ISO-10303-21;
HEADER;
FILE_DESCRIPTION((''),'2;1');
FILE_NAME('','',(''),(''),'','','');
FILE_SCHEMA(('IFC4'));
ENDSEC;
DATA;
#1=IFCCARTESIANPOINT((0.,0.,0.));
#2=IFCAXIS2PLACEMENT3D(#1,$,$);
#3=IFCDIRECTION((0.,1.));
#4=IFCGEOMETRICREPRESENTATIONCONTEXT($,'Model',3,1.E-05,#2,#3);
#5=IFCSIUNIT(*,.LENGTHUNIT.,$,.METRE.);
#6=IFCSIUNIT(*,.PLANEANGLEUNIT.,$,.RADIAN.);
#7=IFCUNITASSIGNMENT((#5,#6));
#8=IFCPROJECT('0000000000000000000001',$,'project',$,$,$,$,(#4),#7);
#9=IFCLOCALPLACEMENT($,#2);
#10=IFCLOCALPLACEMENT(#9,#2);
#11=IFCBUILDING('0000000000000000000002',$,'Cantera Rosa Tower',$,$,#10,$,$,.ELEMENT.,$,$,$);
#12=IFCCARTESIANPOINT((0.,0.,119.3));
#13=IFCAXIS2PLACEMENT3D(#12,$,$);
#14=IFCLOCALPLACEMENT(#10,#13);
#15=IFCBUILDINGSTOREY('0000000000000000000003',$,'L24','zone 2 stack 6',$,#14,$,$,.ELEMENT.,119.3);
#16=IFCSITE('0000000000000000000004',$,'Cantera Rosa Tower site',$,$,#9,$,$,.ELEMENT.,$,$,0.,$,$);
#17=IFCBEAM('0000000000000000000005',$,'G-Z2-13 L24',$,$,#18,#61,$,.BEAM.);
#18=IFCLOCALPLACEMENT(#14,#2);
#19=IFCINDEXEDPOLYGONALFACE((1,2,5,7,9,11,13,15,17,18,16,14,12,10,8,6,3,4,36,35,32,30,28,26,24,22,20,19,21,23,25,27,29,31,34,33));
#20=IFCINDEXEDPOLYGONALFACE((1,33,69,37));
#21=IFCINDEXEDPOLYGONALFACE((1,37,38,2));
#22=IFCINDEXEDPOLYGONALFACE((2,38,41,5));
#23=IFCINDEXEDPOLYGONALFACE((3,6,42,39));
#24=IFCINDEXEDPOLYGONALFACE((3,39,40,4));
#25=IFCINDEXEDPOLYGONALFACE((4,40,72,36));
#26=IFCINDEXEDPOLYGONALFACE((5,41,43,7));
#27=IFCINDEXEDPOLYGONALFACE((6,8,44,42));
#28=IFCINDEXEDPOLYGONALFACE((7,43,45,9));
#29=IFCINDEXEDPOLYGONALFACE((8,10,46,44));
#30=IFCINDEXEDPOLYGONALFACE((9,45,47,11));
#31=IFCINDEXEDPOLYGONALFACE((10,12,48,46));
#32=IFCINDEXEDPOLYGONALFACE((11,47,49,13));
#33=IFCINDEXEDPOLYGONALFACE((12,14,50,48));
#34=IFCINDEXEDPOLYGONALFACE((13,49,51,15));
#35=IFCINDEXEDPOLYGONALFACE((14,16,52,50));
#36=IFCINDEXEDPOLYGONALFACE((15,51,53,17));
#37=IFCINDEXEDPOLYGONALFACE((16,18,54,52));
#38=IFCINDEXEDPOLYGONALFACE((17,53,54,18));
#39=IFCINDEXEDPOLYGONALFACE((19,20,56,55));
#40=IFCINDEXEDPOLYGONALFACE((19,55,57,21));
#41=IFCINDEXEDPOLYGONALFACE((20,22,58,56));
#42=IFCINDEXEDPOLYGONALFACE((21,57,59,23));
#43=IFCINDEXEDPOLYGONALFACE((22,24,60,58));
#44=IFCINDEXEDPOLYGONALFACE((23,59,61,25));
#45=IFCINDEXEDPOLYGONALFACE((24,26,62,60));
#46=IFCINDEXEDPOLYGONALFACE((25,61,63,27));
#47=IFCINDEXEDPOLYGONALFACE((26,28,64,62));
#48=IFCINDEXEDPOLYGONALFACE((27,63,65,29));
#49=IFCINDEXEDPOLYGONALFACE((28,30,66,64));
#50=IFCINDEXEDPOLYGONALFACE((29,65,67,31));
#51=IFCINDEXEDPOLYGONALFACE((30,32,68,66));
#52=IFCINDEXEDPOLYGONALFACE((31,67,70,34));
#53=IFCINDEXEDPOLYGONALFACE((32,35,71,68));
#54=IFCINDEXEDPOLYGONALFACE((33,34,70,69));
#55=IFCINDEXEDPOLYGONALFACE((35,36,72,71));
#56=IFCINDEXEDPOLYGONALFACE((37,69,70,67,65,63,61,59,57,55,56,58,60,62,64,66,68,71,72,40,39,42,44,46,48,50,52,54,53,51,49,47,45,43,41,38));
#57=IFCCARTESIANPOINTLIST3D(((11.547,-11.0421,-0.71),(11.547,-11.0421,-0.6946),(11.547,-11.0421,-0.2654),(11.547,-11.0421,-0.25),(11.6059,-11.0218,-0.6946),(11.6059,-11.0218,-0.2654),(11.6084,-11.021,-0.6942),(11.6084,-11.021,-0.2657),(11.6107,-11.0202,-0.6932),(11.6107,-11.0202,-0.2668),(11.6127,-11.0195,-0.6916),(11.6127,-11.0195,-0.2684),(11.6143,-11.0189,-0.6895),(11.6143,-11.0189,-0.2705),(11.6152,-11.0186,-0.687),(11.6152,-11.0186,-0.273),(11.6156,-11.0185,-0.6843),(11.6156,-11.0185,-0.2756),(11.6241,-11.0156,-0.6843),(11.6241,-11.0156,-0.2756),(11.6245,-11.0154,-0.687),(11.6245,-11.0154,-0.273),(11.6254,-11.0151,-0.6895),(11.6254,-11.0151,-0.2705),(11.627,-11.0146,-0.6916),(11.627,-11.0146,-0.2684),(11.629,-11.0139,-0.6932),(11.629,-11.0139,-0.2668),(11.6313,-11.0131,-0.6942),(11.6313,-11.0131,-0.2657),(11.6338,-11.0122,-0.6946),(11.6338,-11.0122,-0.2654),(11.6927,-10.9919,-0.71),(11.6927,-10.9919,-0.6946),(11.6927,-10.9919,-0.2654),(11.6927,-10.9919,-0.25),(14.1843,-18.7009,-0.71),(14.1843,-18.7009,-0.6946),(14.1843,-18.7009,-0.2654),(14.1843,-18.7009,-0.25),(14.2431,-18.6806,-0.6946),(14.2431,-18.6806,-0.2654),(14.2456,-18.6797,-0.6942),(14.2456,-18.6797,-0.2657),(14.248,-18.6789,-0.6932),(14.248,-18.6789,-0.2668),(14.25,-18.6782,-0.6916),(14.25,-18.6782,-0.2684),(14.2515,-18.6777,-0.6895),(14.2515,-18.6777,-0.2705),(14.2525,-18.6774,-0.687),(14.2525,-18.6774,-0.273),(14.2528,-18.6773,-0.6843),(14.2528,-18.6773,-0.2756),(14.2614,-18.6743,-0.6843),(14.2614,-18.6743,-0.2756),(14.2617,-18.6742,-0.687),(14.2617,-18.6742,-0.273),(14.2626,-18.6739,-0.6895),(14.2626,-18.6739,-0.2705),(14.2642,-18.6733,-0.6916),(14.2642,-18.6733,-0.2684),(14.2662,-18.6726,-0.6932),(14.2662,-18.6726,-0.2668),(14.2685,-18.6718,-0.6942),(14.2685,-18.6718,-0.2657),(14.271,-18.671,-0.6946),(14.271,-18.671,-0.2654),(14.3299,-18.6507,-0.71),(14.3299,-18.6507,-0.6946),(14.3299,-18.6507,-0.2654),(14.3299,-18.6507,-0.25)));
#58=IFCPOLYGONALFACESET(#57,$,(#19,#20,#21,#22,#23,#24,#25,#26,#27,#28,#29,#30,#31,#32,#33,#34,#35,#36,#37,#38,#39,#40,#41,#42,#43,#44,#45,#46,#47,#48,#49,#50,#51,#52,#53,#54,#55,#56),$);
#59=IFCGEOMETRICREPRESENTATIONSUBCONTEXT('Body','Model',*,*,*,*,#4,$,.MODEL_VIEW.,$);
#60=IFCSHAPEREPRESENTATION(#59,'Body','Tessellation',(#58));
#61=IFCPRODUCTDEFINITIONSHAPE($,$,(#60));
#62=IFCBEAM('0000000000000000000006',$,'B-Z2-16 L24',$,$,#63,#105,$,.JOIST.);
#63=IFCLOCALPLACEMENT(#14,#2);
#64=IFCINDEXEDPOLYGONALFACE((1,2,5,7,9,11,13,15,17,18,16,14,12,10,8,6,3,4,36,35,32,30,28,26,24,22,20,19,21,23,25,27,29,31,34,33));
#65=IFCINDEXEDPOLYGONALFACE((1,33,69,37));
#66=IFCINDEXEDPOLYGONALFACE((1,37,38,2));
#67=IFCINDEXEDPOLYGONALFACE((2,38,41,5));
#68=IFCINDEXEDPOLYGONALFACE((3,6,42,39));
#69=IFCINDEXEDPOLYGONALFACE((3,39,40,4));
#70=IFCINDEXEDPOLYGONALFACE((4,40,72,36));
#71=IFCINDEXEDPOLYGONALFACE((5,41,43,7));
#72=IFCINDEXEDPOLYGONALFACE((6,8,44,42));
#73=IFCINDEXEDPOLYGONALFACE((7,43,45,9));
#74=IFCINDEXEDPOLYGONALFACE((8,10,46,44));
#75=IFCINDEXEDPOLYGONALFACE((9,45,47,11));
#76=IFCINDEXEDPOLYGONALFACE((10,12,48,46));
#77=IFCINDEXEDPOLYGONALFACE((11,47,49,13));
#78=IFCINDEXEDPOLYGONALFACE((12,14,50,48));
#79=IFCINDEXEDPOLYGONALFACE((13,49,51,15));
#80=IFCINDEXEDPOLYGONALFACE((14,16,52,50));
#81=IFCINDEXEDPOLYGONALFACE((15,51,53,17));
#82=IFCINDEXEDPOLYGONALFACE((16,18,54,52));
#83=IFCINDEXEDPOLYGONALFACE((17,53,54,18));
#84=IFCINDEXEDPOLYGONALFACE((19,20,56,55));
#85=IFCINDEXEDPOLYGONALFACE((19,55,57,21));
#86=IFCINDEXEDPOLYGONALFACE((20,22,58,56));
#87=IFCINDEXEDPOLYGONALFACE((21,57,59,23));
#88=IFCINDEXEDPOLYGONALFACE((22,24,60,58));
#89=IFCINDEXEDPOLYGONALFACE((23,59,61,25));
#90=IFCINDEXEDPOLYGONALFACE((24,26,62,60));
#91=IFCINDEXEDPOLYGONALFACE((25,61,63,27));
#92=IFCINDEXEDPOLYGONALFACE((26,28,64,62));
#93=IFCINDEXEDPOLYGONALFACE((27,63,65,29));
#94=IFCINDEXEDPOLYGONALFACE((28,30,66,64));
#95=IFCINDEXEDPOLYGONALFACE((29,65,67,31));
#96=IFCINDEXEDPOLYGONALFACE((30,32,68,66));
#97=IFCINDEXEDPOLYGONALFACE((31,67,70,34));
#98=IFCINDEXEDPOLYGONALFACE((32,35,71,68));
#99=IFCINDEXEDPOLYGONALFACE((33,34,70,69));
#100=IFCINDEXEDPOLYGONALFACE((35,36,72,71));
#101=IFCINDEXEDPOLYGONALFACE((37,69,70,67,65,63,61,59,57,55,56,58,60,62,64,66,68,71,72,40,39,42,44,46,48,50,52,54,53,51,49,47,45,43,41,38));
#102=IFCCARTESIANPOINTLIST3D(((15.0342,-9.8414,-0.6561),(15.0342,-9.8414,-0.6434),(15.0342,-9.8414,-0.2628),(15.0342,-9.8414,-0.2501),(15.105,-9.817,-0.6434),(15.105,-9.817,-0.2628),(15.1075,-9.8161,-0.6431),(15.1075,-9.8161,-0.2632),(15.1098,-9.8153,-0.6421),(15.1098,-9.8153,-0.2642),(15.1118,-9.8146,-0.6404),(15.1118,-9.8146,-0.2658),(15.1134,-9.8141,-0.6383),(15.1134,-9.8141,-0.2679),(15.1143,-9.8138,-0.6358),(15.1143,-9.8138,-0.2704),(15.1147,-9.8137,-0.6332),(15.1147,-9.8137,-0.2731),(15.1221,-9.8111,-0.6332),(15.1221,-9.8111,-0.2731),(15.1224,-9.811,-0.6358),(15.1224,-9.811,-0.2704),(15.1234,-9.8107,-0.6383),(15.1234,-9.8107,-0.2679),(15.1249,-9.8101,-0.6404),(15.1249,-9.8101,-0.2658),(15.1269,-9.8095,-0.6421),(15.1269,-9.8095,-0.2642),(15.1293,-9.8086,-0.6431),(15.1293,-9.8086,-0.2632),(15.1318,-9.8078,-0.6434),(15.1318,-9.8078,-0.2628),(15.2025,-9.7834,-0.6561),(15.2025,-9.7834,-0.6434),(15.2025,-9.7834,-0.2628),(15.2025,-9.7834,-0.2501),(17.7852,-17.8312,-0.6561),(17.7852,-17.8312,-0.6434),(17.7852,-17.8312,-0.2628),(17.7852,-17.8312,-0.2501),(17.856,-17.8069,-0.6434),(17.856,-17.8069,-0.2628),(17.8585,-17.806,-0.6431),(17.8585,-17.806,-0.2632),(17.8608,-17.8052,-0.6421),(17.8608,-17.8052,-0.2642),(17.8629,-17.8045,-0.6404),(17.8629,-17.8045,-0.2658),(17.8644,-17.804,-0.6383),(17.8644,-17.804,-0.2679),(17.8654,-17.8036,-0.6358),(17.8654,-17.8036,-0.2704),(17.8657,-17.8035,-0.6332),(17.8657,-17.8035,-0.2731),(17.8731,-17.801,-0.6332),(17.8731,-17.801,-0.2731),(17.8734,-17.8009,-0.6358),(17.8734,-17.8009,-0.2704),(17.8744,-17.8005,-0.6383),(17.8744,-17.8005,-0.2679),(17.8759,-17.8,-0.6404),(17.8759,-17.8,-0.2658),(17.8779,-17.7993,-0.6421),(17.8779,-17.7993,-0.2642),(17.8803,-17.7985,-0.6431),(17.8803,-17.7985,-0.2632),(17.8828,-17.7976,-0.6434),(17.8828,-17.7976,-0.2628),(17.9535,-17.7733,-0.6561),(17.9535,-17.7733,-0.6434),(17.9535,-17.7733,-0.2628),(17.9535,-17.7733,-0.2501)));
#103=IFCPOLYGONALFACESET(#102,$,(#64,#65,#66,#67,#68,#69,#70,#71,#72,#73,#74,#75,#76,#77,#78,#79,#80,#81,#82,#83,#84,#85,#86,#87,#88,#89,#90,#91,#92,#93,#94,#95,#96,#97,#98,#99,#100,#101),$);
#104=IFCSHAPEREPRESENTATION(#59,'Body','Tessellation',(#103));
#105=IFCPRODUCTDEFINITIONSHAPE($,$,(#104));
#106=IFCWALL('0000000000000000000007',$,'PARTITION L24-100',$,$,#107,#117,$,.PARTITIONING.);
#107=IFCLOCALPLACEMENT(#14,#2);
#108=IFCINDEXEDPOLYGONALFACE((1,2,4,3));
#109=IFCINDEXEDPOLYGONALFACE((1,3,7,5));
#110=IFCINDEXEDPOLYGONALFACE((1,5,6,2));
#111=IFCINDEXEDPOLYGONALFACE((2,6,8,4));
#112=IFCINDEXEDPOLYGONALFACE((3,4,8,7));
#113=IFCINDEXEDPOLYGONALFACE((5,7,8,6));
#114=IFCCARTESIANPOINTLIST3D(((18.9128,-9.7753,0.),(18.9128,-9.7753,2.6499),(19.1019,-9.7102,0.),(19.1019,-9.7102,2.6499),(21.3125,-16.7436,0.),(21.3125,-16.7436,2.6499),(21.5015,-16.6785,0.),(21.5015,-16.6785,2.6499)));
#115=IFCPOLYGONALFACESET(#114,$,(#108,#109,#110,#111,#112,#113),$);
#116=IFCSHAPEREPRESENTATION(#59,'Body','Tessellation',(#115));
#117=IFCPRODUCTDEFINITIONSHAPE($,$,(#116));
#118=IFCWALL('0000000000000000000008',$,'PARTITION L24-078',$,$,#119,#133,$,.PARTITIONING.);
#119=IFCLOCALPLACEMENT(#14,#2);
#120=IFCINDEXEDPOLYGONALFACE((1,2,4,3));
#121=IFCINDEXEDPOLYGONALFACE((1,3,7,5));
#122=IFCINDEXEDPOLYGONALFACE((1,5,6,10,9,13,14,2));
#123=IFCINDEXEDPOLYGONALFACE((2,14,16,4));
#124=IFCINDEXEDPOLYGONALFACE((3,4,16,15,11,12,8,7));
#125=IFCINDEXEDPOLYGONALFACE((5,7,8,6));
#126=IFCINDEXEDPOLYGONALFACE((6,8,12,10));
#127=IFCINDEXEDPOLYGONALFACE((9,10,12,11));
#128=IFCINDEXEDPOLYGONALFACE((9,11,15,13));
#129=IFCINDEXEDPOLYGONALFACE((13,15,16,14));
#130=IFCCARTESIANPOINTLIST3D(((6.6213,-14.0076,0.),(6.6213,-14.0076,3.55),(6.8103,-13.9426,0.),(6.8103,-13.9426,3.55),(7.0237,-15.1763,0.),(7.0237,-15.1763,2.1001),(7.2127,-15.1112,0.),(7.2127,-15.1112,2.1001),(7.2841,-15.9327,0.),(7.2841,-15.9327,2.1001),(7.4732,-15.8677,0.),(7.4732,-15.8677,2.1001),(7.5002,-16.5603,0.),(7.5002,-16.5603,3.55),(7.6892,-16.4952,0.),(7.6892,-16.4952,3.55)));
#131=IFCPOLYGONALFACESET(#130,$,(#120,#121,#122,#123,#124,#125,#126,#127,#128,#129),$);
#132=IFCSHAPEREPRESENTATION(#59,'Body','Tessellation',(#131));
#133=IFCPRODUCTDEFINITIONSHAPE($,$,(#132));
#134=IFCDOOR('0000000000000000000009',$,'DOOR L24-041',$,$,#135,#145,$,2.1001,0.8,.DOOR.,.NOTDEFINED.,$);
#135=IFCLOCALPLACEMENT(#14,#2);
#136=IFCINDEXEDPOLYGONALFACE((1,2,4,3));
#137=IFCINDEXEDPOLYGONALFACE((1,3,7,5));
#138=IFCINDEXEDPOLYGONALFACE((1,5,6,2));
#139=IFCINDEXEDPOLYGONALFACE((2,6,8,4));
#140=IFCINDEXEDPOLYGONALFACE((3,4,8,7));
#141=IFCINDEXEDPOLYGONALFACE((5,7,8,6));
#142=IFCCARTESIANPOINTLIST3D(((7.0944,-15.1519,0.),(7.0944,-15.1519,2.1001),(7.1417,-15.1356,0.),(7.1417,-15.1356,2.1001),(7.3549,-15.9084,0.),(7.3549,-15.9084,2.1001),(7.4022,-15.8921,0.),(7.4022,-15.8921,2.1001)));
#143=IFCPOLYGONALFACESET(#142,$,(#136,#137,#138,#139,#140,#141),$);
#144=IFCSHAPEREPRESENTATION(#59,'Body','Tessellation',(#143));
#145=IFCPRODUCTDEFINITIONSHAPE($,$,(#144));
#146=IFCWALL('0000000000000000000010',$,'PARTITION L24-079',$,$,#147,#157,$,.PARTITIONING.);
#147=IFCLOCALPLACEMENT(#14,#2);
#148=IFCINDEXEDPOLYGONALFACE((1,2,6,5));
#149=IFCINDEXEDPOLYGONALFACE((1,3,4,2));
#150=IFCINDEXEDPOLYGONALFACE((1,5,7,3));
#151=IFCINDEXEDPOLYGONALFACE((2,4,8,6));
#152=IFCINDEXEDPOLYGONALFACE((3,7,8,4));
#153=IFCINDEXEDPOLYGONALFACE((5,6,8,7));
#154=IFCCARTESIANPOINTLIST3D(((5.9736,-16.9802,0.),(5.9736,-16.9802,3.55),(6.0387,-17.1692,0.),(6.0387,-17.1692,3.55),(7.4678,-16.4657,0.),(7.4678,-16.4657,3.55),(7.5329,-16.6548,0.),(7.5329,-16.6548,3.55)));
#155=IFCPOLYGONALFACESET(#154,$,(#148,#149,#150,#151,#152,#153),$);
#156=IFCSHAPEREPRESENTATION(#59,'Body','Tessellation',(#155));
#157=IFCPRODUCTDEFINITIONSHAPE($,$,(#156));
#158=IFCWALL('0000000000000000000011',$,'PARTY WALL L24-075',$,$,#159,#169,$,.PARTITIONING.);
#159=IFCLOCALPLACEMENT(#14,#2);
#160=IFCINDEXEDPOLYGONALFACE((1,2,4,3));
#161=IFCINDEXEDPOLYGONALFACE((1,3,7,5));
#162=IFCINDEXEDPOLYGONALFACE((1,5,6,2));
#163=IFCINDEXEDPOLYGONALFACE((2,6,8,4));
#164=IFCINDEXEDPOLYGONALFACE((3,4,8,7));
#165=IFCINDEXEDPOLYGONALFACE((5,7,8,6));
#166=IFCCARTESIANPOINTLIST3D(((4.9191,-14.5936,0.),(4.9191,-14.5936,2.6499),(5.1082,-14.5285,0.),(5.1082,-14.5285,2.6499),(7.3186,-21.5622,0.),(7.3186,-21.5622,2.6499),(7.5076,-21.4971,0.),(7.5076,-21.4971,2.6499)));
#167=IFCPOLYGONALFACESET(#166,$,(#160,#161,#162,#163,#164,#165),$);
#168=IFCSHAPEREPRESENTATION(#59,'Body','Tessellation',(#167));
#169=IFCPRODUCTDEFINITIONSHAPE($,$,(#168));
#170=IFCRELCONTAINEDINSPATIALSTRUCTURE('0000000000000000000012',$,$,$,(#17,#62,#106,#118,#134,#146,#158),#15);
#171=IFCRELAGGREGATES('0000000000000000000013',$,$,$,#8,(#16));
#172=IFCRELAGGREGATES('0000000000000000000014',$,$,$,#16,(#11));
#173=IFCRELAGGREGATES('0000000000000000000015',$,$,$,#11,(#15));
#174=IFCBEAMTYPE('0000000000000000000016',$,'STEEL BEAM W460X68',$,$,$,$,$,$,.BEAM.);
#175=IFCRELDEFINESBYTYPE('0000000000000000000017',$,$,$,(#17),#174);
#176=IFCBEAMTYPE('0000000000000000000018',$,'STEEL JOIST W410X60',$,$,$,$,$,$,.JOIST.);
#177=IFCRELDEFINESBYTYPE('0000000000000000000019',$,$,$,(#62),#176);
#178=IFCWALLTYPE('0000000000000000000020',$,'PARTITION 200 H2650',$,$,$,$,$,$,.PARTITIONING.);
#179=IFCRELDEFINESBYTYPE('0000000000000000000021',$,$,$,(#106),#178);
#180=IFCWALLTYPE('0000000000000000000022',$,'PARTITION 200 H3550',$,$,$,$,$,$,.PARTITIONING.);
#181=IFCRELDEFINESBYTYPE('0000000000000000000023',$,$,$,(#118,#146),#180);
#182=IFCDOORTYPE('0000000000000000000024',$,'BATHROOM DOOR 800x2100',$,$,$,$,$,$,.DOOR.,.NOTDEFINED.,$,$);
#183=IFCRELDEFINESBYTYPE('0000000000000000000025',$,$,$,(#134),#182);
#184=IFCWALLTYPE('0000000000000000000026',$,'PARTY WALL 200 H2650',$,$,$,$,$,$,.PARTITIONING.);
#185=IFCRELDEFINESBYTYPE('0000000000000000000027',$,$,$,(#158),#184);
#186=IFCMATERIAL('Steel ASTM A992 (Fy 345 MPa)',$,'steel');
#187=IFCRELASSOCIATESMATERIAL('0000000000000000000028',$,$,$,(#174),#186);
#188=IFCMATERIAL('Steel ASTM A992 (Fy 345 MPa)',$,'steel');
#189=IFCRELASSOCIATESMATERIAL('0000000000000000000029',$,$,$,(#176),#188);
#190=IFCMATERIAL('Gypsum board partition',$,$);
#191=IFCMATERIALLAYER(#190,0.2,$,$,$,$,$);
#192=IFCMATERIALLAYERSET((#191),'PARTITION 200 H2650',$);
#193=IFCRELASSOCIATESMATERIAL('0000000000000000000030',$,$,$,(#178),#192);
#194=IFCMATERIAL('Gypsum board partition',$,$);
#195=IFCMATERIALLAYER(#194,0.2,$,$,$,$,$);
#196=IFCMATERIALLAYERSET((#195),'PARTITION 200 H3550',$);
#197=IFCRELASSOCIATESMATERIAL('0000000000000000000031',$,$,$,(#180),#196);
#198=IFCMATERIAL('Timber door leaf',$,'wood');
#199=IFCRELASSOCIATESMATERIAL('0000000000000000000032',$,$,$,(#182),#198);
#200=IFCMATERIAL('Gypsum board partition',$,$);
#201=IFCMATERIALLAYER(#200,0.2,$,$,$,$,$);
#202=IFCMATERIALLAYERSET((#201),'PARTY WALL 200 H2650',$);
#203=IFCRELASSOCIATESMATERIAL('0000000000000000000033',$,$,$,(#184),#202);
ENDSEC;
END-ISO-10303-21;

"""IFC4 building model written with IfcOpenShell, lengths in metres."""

from ifc_helpers import new_model, si_unit, direction, frame, frame_2d, origin, origin_2d, place, context, subcontext, project, spatial, rectangle, i_section, extrude, material, layer, layer_set, material_profile, profile_set, type_object, element, fill, save


model = new_model("IFC4")

# Units and contexts
model_context = context("Model", 3, precision=1e-05, world=origin(), true_north=direction((0.0, 1.0)))
body_context = subcontext(model_context, "Body", "Model", "MODEL_VIEW")
ifc_project = project(units=[si_unit("LENGTHUNIT", "METRE"), si_unit("PLANEANGLEUNIT", "RADIAN")], contexts=[model_context])

# Site, building, storey
site_placement = place(None, origin())
site = spatial("IfcSite", under=ifc_project, at=site_placement, Name="Cantera Rosa Tower site", CompositionType="ELEMENT", RefElevation=0.0)
building_placement = place(site_placement, origin())
building = spatial("IfcBuilding", under=site, at=building_placement, Name="Cantera Rosa Tower", CompositionType="ELEMENT")
storey_placement = place(building_placement, frame((0.0, 0.0, 119.3)))
storey = spatial("IfcBuildingStorey", under=building, at=storey_placement, Name="L24", Description="zone 2 stack 6", CompositionType="ELEMENT", Elevation=119.3)

# Beams
ifc_material_1 = material(Name="Steel ASTM A992 (Fy 345 MPa)", Category="steel")
ifc_material_profile_1 = material_profile(ifc_material_1, i_section(OverallWidth=0.1541, OverallDepth=0.46, WebThickness=0.009, FlangeThickness=0.0154, FilletRadius=0.0103, at=origin_2d()), Name="W460X68")
ifc_profile_set_1 = profile_set([ifc_material_profile_1], Name="Steel ASTM A992 (Fy 345 MPa)")
beam_type_1 = type_object("IfcBeamType", Name="STEEL BEAM W460X68", PredefinedType="BEAM", material=ifc_profile_set_1)
beam_1_placement = place(storey_placement, frame((14.2571, -18.6758, -0.48), z_axis=(-0.32558, 0.945514, 0.0), x_axis=(-0.945514, -0.32558, 0.0)))
element("IfcBeam", 1, at=beam_1_placement, inside=storey, type_object=beam_type_1, Name="G-Z2-13 L24", PredefinedType="BEAM", context=body_context, shape_type="SweptSolid", body=[
    extrude(i_section(OverallWidth=0.1541, OverallDepth=0.46, WebThickness=0.009, FlangeThickness=0.0154, FilletRadius=0.0103, at=origin_2d()), origin(), (0.0, 0.0, 1.0), 8.1001),
])
ifc_material_2 = material(Name="Steel ASTM A992 (Fy 345 MPa)", Category="steel")
ifc_material_profile_2 = material_profile(ifc_material_2, i_section(OverallWidth=0.178, OverallDepth=0.406, WebThickness=0.0078, FlangeThickness=0.0127, FilletRadius=0.0103, at=origin_2d()), Name="W410X60")
ifc_profile_set_2 = profile_set([ifc_material_profile_2], Name="Steel ASTM A992 (Fy 345 MPa)")
beam_type_2 = type_object("IfcBeamType", Name="STEEL JOIST W410X60", PredefinedType="JOIST", material=ifc_profile_set_2)
beam_2_placement = place(storey_placement, frame((17.8694, -17.8022, -0.4531), z_axis=(-0.325556, 0.945523, 0.0), x_axis=(-0.945523, -0.325556, 0.0)))
element("IfcBeam", 2, at=beam_2_placement, inside=storey, type_object=beam_type_2, Name="B-Z2-16 L24", PredefinedType="JOIST", context=body_context, shape_type="SweptSolid", body=[
    extrude(i_section(OverallWidth=0.178, OverallDepth=0.406, WebThickness=0.0078, FlangeThickness=0.0127, FilletRadius=0.0103, at=origin_2d()), origin(), (0.0, 0.0, 1.0), 8.4502),
])

# Wall
ifc_material_3 = material(Name="Gypsum board partition")
ifc_layer_1 = layer(ifc_material_3, 0.2)
ifc_layer_set_1 = layer_set([ifc_layer_1], Name="PARTITION 200 H2650")
wall_type_1 = type_object("IfcWallType", Name="PARTITION 200 H2650", PredefinedType="PARTITIONING", material=ifc_layer_set_1)
wall_1_placement = place(storey_placement, frame((19.0073, -9.7427, 0.0), z_axis=(0.0, 0.0, 1.0), x_axis=(0.325604, -0.945506, 0.0)))
element("IfcWall", 3, at=wall_1_placement, inside=storey, type_object=wall_type_1, Name="PARTITION L24-100", PredefinedType="PARTITIONING", context=body_context, shape_type="SweptSolid", body=[
    extrude(rectangle(XDim=7.3699, YDim=0.2, at=frame_2d((3.6851, 0.0))), origin(), (0.0, 0.0, 1.0), 2.6499),
])

# Wall, opening, door
ifc_material_4 = material(Name="Gypsum board partition")
ifc_layer_2 = layer(ifc_material_4, 0.2)
ifc_layer_set_2 = layer_set([ifc_layer_2], Name="PARTITION 200 H3550")
wall_type_2 = type_object("IfcWallType", Name="PARTITION 200 H3550", PredefinedType="PARTITIONING", material=ifc_layer_set_2)
wall_2_placement = place(storey_placement, frame((6.7158, -13.9751, 0.0), z_axis=(0.0, 0.0, 1.0), x_axis=(0.325545, -0.945527, 0.0)))
wall_2 = element("IfcWall", 4, at=wall_2_placement, inside=storey, type_object=wall_type_2, Name="PARTITION L24-078", PredefinedType="PARTITIONING", context=body_context, shape_type="SweptSolid", body=[
    extrude(rectangle(XDim=2.6997, YDim=0.2, at=frame_2d((1.3499, 0.0))), origin(), (0.0, 0.0, 1.0), 3.55),
])
opening_1_placement = place(wall_2_placement, frame((1.2361, 0.0, 0.0)))
opening_1 = element("IfcOpeningElement", 5, at=opening_1_placement, cuts=wall_2, PredefinedType="OPENING", context=body_context, shape_type="SweptSolid", body=[
    extrude(rectangle(XDim=0.8, YDim=2.1001, at=frame_2d((0.3999, 1.05))), frame((0.0, 0.1099, 0.0), z_axis=(0.0, -1.0, 0.0), x_axis=(1.0, 0.0, 0.0)), (0.0, 0.0, 1.0), 0.22),
])
ifc_material_5 = material(Name="Timber door leaf", Category="wood")
door_type_1 = type_object("IfcDoorType", Name="BATHROOM DOOR 800x2100", OperationType="NOTDEFINED", PredefinedType="DOOR", material=ifc_material_5)
door_1_placement = place(opening_1_placement, origin())
door_1 = element("IfcDoor", 6, at=door_1_placement, inside=storey, type_object=door_type_1, Name="DOOR L24-041", OperationType="NOTDEFINED", OverallHeight=2.1001, OverallWidth=0.8, PredefinedType="DOOR", context=body_context, shape_type="SweptSolid", body=[
    extrude(rectangle(XDim=0.8, YDim=2.1001, at=frame_2d((0.3999, 1.05))), frame((0.0, 0.0249, 0.0), z_axis=(0.0, -1.0, 0.0), x_axis=(1.0, 0.0, 0.0)), (0.0, 0.0, 1.0), 0.05),
])
fill(opening_1, door_1)

# Walls
wall_3_placement = place(storey_placement, frame((7.5002, -16.5603, 0.0), z_axis=(0.0, 0.0, 1.0), x_axis=(-0.945532, -0.325529, 0.0)))
element("IfcWall", 7, at=wall_3_placement, inside=storey, type_object=wall_type_2, Name="PARTITION L24-079", PredefinedType="PARTITIONING", context=body_context, shape_type="SweptSolid", body=[
    extrude(rectangle(XDim=1.5803, YDim=0.2, at=frame_2d((0.79, 0.0))), origin(), (0.0, 0.0, 1.0), 3.55),
])
ifc_material_6 = material(Name="Gypsum board partition")
ifc_layer_3 = layer(ifc_material_6, 0.2)
ifc_layer_set_3 = layer_set([ifc_layer_3], Name="PARTY WALL 200 H2650")
wall_type_3 = type_object("IfcWallType", Name="PARTY WALL 200 H2650", PredefinedType="PARTITIONING", material=ifc_layer_set_3)
wall_4_placement = place(storey_placement, frame((5.0137, -14.561, 0.0), z_axis=(0.0, 0.0, 1.0), x_axis=(0.325564, -0.94552, 0.0)))
element("IfcWall", 8, at=wall_4_placement, inside=storey, type_object=wall_type_3, Name="PARTY WALL L24-075", PredefinedType="PARTITIONING", context=body_context, shape_type="SweptSolid", body=[
    extrude(rectangle(XDim=7.3701, YDim=0.2, at=frame_2d((3.6851, 0.0))), origin(), (0.0, 0.0, 1.0), 2.6499),
])

save(model, "model.ifc")
